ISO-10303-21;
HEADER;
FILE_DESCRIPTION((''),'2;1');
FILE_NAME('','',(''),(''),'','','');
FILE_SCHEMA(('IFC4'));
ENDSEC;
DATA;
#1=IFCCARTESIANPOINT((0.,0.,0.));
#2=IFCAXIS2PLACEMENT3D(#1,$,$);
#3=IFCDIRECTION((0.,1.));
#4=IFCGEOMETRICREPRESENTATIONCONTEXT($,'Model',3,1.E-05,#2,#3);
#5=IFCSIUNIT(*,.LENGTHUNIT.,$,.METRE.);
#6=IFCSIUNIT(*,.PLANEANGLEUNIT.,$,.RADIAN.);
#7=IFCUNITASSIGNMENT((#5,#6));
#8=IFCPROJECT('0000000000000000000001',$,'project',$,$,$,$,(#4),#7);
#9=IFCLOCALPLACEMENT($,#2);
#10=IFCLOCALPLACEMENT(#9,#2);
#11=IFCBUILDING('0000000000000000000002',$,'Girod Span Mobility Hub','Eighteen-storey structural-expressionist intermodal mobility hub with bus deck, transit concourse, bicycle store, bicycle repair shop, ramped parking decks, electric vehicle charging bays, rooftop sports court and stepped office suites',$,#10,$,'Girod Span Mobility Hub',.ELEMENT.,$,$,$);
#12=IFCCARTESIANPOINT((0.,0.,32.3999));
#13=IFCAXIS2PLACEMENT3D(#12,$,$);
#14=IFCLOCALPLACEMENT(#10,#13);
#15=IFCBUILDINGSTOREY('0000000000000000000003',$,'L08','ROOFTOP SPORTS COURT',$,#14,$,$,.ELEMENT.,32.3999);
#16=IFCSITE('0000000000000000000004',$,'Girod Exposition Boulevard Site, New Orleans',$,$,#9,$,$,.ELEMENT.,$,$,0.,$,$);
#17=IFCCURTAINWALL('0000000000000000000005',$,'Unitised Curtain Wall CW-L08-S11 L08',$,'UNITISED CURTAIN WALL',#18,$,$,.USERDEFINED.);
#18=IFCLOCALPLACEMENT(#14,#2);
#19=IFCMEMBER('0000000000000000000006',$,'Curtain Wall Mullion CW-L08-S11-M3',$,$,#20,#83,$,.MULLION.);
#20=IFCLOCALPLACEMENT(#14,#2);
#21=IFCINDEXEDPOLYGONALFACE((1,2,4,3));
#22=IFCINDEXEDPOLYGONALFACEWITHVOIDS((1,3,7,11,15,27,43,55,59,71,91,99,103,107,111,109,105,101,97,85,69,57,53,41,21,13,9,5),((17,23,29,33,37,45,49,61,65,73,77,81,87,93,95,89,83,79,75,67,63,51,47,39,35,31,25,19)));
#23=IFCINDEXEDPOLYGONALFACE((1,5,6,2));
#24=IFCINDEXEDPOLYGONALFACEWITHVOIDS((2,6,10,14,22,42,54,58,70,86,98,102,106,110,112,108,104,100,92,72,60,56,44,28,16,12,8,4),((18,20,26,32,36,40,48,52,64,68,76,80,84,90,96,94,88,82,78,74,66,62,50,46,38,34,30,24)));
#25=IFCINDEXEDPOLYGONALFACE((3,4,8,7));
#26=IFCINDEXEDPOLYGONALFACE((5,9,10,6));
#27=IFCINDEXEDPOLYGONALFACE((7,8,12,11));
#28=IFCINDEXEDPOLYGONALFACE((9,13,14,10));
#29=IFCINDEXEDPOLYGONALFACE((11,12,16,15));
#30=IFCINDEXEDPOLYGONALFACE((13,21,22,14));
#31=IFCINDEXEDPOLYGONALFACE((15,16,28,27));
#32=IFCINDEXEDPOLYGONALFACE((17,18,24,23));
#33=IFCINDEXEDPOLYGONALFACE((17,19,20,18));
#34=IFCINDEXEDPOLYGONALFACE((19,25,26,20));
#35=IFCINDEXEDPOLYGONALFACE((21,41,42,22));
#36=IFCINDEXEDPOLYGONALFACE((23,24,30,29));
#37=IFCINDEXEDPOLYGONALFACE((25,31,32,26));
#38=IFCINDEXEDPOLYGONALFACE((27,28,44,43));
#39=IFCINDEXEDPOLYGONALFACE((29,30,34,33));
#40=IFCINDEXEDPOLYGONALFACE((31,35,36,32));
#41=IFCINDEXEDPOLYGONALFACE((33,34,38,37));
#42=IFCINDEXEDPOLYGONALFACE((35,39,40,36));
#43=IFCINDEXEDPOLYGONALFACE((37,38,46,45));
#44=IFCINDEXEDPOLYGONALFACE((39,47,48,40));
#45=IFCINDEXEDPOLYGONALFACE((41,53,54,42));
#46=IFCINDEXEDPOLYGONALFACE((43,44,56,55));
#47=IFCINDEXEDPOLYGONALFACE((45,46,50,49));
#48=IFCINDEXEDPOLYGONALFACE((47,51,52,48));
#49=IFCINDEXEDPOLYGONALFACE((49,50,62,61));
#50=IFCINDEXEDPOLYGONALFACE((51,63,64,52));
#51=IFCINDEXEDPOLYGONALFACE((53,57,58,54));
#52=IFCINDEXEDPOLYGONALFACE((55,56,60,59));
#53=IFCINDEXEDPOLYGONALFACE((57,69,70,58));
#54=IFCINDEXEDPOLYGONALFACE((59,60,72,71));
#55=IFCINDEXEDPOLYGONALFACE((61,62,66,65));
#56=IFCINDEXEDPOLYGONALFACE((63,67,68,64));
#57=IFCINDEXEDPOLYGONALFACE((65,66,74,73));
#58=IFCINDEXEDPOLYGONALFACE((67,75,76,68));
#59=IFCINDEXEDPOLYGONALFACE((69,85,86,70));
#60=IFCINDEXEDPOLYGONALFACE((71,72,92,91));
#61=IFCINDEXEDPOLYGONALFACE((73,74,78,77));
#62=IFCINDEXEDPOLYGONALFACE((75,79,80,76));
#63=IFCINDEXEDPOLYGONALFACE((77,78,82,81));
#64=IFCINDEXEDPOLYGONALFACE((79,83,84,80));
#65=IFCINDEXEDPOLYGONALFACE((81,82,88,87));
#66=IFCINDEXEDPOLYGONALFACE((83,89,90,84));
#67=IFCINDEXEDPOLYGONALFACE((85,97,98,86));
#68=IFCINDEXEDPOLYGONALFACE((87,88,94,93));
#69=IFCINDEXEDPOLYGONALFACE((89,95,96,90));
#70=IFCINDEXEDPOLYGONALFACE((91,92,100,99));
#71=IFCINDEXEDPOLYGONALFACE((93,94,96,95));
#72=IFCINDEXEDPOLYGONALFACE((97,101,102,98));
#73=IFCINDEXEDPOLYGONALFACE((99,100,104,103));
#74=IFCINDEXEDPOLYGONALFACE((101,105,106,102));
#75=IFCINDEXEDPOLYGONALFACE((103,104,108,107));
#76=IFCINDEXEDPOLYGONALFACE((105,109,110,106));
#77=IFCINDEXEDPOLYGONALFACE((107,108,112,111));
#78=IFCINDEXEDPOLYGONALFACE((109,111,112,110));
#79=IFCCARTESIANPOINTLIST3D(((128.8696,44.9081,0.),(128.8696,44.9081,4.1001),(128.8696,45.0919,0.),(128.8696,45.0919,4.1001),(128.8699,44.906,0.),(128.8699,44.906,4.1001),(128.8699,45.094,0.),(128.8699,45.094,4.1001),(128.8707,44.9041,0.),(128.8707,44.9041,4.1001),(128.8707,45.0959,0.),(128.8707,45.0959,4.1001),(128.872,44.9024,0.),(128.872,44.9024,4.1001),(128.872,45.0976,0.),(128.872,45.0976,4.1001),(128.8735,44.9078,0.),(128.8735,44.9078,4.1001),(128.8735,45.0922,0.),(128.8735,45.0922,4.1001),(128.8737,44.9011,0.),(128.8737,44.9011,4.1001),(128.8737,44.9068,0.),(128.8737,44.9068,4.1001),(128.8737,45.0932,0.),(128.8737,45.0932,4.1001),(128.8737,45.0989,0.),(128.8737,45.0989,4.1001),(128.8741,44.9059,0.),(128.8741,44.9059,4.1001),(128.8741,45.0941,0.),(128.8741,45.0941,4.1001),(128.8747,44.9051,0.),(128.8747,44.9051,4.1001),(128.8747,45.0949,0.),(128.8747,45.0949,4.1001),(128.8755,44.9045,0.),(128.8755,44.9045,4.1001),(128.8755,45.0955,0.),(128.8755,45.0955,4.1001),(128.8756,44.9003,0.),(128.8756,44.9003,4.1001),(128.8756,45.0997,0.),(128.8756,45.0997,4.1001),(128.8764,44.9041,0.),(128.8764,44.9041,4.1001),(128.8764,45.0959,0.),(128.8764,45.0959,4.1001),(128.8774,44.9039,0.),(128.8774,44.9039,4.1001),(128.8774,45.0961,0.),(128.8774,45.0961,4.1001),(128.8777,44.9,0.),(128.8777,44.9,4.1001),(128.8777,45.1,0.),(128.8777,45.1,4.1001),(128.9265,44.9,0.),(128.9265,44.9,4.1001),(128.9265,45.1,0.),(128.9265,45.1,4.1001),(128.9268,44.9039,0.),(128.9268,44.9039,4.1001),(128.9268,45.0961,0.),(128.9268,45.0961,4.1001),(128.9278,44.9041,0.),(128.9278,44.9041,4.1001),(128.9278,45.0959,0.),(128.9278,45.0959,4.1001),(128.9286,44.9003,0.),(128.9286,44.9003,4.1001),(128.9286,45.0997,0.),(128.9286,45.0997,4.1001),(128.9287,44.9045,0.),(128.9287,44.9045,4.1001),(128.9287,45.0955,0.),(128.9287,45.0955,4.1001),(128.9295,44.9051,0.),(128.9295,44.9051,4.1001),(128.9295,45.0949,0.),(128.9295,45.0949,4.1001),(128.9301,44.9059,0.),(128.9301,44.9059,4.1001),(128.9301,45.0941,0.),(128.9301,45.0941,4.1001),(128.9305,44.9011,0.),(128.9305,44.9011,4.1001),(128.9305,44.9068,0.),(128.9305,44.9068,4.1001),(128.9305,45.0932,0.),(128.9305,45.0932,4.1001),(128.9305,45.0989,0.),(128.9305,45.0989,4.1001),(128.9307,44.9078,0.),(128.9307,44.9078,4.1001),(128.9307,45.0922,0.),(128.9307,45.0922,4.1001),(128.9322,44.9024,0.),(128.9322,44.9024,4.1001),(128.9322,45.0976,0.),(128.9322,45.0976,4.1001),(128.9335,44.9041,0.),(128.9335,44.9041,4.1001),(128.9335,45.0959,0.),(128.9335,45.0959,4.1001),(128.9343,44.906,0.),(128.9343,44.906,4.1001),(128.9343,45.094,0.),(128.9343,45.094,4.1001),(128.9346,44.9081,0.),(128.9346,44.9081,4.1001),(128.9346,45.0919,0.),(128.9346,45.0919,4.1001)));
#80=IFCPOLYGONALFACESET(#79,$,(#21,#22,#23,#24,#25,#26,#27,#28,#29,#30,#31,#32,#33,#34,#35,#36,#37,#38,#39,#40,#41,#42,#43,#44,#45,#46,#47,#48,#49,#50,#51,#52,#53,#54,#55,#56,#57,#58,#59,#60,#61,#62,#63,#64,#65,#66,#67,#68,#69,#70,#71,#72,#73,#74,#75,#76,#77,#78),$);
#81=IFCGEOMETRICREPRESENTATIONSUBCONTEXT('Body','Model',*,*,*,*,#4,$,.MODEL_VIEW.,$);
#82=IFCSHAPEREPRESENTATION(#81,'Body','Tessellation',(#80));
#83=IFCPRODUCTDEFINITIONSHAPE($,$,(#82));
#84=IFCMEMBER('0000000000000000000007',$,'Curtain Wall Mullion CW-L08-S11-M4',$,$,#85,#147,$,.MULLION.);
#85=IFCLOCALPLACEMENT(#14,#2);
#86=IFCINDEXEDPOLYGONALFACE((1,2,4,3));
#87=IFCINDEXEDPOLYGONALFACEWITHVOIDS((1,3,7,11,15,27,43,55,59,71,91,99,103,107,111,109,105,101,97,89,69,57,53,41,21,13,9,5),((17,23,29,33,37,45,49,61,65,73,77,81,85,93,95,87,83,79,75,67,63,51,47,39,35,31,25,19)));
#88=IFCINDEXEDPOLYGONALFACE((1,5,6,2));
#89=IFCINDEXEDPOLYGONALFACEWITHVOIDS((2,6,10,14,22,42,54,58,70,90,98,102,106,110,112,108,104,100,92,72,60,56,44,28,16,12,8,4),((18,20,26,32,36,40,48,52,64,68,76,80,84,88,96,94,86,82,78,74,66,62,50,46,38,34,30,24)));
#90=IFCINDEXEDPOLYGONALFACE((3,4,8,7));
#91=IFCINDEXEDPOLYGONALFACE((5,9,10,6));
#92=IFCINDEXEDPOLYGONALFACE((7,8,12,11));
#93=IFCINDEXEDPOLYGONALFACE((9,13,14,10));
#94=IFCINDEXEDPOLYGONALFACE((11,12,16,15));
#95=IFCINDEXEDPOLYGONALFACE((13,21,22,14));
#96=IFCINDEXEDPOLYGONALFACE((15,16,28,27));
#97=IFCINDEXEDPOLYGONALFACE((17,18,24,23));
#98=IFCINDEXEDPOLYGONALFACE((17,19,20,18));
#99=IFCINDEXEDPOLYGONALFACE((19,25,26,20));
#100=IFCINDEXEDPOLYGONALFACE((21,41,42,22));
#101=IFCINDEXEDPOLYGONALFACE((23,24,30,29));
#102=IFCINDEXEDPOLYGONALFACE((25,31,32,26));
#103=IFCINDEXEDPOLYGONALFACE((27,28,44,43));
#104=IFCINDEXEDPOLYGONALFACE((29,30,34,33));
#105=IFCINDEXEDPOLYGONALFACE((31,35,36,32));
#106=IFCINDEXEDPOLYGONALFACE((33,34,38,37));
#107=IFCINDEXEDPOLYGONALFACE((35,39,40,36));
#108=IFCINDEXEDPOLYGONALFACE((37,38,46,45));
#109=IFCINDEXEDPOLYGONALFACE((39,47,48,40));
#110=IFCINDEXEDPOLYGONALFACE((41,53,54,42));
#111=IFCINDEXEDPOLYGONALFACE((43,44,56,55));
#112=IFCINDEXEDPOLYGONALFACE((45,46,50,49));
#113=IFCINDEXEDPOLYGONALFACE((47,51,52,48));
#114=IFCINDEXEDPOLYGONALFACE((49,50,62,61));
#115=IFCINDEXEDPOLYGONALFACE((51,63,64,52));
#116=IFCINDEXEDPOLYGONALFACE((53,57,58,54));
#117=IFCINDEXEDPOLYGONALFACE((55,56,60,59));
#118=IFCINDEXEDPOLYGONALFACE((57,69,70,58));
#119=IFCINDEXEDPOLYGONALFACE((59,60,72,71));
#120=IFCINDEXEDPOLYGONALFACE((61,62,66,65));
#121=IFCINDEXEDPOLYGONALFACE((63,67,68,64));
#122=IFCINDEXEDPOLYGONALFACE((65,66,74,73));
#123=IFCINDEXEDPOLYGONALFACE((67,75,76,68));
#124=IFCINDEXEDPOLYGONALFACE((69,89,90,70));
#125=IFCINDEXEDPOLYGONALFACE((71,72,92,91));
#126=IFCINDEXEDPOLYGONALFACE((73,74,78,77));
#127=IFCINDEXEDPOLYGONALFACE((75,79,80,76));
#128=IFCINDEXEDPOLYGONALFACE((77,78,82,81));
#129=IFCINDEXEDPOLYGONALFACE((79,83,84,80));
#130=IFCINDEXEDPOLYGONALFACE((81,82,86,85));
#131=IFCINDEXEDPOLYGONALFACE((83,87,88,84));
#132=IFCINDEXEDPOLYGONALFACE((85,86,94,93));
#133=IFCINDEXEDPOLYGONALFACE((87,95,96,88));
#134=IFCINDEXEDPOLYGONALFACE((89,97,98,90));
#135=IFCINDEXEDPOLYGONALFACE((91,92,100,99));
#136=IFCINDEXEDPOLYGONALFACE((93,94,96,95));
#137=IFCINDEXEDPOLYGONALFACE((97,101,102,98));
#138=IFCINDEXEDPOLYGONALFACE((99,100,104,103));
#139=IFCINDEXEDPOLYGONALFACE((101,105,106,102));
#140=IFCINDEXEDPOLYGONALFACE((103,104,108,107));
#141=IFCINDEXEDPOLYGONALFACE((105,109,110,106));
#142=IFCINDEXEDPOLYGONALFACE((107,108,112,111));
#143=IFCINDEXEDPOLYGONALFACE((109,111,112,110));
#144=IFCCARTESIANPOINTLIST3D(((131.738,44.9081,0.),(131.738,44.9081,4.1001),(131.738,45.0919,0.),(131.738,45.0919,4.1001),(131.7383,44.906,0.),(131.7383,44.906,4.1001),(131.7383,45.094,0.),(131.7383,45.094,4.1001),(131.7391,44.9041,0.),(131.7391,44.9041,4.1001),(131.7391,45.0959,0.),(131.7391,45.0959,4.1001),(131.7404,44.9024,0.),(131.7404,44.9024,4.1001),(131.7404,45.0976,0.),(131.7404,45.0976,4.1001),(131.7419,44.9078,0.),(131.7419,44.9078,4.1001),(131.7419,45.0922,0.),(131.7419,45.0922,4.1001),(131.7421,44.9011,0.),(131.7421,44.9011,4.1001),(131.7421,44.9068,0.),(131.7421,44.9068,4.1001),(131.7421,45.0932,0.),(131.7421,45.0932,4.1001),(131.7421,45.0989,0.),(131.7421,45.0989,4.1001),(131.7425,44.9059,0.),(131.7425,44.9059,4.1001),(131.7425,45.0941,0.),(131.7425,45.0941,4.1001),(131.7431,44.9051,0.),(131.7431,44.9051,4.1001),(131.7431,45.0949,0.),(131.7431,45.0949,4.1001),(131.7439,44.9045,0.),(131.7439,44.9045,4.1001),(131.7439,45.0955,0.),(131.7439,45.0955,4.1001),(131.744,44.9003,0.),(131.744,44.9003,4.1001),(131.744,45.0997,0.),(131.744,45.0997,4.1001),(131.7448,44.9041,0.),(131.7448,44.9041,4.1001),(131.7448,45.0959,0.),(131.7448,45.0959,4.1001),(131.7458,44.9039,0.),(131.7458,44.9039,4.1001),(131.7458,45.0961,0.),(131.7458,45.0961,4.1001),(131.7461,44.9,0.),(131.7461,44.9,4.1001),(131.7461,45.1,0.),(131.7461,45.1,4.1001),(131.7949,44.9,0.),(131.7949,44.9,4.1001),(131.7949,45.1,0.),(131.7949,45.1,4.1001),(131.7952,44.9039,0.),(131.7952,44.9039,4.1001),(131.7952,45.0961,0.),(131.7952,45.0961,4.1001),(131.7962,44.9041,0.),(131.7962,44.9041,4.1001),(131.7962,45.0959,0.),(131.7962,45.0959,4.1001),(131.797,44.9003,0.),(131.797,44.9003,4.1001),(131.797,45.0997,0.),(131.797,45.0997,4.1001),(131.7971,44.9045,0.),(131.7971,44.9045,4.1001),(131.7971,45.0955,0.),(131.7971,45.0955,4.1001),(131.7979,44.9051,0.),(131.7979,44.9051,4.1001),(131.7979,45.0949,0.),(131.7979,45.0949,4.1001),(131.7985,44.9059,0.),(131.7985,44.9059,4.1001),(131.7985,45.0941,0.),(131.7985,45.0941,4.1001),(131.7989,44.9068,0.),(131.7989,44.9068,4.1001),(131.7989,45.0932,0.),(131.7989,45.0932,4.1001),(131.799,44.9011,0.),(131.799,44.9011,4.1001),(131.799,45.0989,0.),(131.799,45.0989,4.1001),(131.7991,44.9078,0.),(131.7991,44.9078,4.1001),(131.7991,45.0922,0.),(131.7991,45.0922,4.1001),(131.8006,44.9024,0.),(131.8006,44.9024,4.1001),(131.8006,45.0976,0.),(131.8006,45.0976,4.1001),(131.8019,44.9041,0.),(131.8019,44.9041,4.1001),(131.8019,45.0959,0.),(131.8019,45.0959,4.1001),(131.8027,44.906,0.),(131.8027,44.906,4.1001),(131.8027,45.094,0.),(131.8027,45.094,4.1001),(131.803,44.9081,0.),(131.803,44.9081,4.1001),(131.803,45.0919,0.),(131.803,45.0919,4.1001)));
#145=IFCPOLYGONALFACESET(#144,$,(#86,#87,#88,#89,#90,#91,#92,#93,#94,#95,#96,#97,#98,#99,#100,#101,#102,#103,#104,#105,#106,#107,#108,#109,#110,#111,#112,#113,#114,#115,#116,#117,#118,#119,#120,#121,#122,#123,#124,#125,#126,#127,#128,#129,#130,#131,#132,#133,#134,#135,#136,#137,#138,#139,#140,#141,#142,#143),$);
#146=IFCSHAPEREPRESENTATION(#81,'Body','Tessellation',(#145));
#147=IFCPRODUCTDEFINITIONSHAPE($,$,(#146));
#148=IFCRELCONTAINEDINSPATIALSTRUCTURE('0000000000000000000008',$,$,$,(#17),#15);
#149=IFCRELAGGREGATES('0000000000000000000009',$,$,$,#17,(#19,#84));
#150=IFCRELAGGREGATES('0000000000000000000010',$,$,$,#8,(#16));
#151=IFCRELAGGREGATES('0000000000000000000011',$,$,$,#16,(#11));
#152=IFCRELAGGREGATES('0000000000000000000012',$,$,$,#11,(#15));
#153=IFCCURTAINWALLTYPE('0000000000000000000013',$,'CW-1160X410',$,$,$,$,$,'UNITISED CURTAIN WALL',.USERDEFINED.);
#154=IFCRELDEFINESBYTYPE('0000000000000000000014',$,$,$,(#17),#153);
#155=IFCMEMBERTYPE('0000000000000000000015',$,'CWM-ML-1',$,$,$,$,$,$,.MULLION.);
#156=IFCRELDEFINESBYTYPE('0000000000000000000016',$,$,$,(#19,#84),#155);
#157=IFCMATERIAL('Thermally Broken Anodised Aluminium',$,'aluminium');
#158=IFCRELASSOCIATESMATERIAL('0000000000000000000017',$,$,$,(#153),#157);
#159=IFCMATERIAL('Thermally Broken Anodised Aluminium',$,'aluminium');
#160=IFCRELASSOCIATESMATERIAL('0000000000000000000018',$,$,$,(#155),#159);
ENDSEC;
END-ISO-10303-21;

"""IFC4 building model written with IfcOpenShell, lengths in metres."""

from ifc_helpers import new_model, si_unit, direction, frame, origin, origin_2d, place, context, subcontext, project, spatial, hollow_rectangle, extrude, material, material_profile, profile_set, type_object, element, aggregate, save


model = new_model("IFC4")

# Units and contexts
model_context = context("Model", 3, precision=1e-05, world=origin(), true_north=direction((0.0, 1.0)))
body_context = subcontext(model_context, "Body", "Model", "MODEL_VIEW")
ifc_project = project(units=[si_unit("LENGTHUNIT", "METRE"), si_unit("PLANEANGLEUNIT", "RADIAN")], contexts=[model_context])

# Site, building, storey
site_placement = place(None, origin())
site = spatial("IfcSite", under=ifc_project, at=site_placement, Name="Girod Exposition Boulevard Site, New Orleans", CompositionType="ELEMENT", RefElevation=0.0)
building_placement = place(site_placement, origin())
building = spatial("IfcBuilding", under=site, at=building_placement, Name="Girod Span Mobility Hub", Description="Eighteen-storey structural-expressionist intermodal mobility hub with bus deck, transit concourse, bicycle store, bicycle repair shop, ramped parking decks, electric vehicle charging bays, rooftop sports court and stepped office suites", LongName="Girod Span Mobility Hub", CompositionType="ELEMENT")
storey_placement = place(building_placement, frame((0.0, 0.0, 32.3999)))
storey = spatial("IfcBuildingStorey", under=building, at=storey_placement, Name="L08", Description="ROOFTOP SPORTS COURT", CompositionType="ELEMENT", Elevation=32.3999)

# Curtain wall, members
ifc_material_1 = material(Name="Thermally Broken Anodised Aluminium", Category="aluminium")
curtain_wall_type = type_object("IfcCurtainWallType", Name="CW-1160X410", ElementType="UNITISED CURTAIN WALL", PredefinedType="USERDEFINED", material=ifc_material_1)
ifc_material_2 = material(Name="Thermally Broken Anodised Aluminium", Category="aluminium")
ifc_material_profile_1 = material_profile(ifc_material_2, hollow_rectangle(XDim=0.2, YDim=0.0649, WallThickness=0.0039, InnerFilletRadius=0.0039, OuterFilletRadius=0.0081, at=origin_2d()), Name="CW-ML-65X200")
ifc_profile_set_1 = profile_set([ifc_material_profile_1], Name="Thermally Broken Anodised Aluminium")
member_type_1 = type_object("IfcMemberType", Name="CWM-ML-1", PredefinedType="MULLION", material=ifc_profile_set_1)
curtain_wall_1_placement = place(storey_placement, origin())
curtain_wall_1 = element("IfcCurtainWall", 1, at=curtain_wall_1_placement, inside=storey, type_object=curtain_wall_type, Name="Unitised Curtain Wall CW-L08-S11 L08", ObjectType="UNITISED CURTAIN WALL", PredefinedType="USERDEFINED")
member_1_placement = place(storey_placement, frame((128.9021, 45.0, 0.0), z_axis=(0.0, 0.0, 1.0), x_axis=(0.0, 1.0, 0.0)))
member_1 = element("IfcMember", 2, at=member_1_placement, type_object=member_type_1, Name="Curtain Wall Mullion CW-L08-S11-M3", PredefinedType="MULLION", context=body_context, shape_type="SweptSolid", body=[
    extrude(hollow_rectangle(XDim=0.2, YDim=0.0649, WallThickness=0.0039, InnerFilletRadius=0.0039, OuterFilletRadius=0.0081, at=origin_2d()), origin(), (0.0, 0.0, 1.0), 4.1001),
])
member_2_placement = place(storey_placement, frame((131.7705, 45.0, 0.0), z_axis=(0.0, 0.0, 1.0), x_axis=(0.0, 1.0, 0.0)))
member_2 = element("IfcMember", 3, at=member_2_placement, type_object=member_type_1, Name="Curtain Wall Mullion CW-L08-S11-M4", PredefinedType="MULLION", context=body_context, shape_type="SweptSolid", body=[
    extrude(hollow_rectangle(XDim=0.2, YDim=0.0649, WallThickness=0.0039, InnerFilletRadius=0.0039, OuterFilletRadius=0.0081, at=origin_2d()), origin(), (0.0, 0.0, 1.0), 4.1001),
])

aggregate(curtain_wall_1, [member_1, member_2])

save(model, "model.ifc")
